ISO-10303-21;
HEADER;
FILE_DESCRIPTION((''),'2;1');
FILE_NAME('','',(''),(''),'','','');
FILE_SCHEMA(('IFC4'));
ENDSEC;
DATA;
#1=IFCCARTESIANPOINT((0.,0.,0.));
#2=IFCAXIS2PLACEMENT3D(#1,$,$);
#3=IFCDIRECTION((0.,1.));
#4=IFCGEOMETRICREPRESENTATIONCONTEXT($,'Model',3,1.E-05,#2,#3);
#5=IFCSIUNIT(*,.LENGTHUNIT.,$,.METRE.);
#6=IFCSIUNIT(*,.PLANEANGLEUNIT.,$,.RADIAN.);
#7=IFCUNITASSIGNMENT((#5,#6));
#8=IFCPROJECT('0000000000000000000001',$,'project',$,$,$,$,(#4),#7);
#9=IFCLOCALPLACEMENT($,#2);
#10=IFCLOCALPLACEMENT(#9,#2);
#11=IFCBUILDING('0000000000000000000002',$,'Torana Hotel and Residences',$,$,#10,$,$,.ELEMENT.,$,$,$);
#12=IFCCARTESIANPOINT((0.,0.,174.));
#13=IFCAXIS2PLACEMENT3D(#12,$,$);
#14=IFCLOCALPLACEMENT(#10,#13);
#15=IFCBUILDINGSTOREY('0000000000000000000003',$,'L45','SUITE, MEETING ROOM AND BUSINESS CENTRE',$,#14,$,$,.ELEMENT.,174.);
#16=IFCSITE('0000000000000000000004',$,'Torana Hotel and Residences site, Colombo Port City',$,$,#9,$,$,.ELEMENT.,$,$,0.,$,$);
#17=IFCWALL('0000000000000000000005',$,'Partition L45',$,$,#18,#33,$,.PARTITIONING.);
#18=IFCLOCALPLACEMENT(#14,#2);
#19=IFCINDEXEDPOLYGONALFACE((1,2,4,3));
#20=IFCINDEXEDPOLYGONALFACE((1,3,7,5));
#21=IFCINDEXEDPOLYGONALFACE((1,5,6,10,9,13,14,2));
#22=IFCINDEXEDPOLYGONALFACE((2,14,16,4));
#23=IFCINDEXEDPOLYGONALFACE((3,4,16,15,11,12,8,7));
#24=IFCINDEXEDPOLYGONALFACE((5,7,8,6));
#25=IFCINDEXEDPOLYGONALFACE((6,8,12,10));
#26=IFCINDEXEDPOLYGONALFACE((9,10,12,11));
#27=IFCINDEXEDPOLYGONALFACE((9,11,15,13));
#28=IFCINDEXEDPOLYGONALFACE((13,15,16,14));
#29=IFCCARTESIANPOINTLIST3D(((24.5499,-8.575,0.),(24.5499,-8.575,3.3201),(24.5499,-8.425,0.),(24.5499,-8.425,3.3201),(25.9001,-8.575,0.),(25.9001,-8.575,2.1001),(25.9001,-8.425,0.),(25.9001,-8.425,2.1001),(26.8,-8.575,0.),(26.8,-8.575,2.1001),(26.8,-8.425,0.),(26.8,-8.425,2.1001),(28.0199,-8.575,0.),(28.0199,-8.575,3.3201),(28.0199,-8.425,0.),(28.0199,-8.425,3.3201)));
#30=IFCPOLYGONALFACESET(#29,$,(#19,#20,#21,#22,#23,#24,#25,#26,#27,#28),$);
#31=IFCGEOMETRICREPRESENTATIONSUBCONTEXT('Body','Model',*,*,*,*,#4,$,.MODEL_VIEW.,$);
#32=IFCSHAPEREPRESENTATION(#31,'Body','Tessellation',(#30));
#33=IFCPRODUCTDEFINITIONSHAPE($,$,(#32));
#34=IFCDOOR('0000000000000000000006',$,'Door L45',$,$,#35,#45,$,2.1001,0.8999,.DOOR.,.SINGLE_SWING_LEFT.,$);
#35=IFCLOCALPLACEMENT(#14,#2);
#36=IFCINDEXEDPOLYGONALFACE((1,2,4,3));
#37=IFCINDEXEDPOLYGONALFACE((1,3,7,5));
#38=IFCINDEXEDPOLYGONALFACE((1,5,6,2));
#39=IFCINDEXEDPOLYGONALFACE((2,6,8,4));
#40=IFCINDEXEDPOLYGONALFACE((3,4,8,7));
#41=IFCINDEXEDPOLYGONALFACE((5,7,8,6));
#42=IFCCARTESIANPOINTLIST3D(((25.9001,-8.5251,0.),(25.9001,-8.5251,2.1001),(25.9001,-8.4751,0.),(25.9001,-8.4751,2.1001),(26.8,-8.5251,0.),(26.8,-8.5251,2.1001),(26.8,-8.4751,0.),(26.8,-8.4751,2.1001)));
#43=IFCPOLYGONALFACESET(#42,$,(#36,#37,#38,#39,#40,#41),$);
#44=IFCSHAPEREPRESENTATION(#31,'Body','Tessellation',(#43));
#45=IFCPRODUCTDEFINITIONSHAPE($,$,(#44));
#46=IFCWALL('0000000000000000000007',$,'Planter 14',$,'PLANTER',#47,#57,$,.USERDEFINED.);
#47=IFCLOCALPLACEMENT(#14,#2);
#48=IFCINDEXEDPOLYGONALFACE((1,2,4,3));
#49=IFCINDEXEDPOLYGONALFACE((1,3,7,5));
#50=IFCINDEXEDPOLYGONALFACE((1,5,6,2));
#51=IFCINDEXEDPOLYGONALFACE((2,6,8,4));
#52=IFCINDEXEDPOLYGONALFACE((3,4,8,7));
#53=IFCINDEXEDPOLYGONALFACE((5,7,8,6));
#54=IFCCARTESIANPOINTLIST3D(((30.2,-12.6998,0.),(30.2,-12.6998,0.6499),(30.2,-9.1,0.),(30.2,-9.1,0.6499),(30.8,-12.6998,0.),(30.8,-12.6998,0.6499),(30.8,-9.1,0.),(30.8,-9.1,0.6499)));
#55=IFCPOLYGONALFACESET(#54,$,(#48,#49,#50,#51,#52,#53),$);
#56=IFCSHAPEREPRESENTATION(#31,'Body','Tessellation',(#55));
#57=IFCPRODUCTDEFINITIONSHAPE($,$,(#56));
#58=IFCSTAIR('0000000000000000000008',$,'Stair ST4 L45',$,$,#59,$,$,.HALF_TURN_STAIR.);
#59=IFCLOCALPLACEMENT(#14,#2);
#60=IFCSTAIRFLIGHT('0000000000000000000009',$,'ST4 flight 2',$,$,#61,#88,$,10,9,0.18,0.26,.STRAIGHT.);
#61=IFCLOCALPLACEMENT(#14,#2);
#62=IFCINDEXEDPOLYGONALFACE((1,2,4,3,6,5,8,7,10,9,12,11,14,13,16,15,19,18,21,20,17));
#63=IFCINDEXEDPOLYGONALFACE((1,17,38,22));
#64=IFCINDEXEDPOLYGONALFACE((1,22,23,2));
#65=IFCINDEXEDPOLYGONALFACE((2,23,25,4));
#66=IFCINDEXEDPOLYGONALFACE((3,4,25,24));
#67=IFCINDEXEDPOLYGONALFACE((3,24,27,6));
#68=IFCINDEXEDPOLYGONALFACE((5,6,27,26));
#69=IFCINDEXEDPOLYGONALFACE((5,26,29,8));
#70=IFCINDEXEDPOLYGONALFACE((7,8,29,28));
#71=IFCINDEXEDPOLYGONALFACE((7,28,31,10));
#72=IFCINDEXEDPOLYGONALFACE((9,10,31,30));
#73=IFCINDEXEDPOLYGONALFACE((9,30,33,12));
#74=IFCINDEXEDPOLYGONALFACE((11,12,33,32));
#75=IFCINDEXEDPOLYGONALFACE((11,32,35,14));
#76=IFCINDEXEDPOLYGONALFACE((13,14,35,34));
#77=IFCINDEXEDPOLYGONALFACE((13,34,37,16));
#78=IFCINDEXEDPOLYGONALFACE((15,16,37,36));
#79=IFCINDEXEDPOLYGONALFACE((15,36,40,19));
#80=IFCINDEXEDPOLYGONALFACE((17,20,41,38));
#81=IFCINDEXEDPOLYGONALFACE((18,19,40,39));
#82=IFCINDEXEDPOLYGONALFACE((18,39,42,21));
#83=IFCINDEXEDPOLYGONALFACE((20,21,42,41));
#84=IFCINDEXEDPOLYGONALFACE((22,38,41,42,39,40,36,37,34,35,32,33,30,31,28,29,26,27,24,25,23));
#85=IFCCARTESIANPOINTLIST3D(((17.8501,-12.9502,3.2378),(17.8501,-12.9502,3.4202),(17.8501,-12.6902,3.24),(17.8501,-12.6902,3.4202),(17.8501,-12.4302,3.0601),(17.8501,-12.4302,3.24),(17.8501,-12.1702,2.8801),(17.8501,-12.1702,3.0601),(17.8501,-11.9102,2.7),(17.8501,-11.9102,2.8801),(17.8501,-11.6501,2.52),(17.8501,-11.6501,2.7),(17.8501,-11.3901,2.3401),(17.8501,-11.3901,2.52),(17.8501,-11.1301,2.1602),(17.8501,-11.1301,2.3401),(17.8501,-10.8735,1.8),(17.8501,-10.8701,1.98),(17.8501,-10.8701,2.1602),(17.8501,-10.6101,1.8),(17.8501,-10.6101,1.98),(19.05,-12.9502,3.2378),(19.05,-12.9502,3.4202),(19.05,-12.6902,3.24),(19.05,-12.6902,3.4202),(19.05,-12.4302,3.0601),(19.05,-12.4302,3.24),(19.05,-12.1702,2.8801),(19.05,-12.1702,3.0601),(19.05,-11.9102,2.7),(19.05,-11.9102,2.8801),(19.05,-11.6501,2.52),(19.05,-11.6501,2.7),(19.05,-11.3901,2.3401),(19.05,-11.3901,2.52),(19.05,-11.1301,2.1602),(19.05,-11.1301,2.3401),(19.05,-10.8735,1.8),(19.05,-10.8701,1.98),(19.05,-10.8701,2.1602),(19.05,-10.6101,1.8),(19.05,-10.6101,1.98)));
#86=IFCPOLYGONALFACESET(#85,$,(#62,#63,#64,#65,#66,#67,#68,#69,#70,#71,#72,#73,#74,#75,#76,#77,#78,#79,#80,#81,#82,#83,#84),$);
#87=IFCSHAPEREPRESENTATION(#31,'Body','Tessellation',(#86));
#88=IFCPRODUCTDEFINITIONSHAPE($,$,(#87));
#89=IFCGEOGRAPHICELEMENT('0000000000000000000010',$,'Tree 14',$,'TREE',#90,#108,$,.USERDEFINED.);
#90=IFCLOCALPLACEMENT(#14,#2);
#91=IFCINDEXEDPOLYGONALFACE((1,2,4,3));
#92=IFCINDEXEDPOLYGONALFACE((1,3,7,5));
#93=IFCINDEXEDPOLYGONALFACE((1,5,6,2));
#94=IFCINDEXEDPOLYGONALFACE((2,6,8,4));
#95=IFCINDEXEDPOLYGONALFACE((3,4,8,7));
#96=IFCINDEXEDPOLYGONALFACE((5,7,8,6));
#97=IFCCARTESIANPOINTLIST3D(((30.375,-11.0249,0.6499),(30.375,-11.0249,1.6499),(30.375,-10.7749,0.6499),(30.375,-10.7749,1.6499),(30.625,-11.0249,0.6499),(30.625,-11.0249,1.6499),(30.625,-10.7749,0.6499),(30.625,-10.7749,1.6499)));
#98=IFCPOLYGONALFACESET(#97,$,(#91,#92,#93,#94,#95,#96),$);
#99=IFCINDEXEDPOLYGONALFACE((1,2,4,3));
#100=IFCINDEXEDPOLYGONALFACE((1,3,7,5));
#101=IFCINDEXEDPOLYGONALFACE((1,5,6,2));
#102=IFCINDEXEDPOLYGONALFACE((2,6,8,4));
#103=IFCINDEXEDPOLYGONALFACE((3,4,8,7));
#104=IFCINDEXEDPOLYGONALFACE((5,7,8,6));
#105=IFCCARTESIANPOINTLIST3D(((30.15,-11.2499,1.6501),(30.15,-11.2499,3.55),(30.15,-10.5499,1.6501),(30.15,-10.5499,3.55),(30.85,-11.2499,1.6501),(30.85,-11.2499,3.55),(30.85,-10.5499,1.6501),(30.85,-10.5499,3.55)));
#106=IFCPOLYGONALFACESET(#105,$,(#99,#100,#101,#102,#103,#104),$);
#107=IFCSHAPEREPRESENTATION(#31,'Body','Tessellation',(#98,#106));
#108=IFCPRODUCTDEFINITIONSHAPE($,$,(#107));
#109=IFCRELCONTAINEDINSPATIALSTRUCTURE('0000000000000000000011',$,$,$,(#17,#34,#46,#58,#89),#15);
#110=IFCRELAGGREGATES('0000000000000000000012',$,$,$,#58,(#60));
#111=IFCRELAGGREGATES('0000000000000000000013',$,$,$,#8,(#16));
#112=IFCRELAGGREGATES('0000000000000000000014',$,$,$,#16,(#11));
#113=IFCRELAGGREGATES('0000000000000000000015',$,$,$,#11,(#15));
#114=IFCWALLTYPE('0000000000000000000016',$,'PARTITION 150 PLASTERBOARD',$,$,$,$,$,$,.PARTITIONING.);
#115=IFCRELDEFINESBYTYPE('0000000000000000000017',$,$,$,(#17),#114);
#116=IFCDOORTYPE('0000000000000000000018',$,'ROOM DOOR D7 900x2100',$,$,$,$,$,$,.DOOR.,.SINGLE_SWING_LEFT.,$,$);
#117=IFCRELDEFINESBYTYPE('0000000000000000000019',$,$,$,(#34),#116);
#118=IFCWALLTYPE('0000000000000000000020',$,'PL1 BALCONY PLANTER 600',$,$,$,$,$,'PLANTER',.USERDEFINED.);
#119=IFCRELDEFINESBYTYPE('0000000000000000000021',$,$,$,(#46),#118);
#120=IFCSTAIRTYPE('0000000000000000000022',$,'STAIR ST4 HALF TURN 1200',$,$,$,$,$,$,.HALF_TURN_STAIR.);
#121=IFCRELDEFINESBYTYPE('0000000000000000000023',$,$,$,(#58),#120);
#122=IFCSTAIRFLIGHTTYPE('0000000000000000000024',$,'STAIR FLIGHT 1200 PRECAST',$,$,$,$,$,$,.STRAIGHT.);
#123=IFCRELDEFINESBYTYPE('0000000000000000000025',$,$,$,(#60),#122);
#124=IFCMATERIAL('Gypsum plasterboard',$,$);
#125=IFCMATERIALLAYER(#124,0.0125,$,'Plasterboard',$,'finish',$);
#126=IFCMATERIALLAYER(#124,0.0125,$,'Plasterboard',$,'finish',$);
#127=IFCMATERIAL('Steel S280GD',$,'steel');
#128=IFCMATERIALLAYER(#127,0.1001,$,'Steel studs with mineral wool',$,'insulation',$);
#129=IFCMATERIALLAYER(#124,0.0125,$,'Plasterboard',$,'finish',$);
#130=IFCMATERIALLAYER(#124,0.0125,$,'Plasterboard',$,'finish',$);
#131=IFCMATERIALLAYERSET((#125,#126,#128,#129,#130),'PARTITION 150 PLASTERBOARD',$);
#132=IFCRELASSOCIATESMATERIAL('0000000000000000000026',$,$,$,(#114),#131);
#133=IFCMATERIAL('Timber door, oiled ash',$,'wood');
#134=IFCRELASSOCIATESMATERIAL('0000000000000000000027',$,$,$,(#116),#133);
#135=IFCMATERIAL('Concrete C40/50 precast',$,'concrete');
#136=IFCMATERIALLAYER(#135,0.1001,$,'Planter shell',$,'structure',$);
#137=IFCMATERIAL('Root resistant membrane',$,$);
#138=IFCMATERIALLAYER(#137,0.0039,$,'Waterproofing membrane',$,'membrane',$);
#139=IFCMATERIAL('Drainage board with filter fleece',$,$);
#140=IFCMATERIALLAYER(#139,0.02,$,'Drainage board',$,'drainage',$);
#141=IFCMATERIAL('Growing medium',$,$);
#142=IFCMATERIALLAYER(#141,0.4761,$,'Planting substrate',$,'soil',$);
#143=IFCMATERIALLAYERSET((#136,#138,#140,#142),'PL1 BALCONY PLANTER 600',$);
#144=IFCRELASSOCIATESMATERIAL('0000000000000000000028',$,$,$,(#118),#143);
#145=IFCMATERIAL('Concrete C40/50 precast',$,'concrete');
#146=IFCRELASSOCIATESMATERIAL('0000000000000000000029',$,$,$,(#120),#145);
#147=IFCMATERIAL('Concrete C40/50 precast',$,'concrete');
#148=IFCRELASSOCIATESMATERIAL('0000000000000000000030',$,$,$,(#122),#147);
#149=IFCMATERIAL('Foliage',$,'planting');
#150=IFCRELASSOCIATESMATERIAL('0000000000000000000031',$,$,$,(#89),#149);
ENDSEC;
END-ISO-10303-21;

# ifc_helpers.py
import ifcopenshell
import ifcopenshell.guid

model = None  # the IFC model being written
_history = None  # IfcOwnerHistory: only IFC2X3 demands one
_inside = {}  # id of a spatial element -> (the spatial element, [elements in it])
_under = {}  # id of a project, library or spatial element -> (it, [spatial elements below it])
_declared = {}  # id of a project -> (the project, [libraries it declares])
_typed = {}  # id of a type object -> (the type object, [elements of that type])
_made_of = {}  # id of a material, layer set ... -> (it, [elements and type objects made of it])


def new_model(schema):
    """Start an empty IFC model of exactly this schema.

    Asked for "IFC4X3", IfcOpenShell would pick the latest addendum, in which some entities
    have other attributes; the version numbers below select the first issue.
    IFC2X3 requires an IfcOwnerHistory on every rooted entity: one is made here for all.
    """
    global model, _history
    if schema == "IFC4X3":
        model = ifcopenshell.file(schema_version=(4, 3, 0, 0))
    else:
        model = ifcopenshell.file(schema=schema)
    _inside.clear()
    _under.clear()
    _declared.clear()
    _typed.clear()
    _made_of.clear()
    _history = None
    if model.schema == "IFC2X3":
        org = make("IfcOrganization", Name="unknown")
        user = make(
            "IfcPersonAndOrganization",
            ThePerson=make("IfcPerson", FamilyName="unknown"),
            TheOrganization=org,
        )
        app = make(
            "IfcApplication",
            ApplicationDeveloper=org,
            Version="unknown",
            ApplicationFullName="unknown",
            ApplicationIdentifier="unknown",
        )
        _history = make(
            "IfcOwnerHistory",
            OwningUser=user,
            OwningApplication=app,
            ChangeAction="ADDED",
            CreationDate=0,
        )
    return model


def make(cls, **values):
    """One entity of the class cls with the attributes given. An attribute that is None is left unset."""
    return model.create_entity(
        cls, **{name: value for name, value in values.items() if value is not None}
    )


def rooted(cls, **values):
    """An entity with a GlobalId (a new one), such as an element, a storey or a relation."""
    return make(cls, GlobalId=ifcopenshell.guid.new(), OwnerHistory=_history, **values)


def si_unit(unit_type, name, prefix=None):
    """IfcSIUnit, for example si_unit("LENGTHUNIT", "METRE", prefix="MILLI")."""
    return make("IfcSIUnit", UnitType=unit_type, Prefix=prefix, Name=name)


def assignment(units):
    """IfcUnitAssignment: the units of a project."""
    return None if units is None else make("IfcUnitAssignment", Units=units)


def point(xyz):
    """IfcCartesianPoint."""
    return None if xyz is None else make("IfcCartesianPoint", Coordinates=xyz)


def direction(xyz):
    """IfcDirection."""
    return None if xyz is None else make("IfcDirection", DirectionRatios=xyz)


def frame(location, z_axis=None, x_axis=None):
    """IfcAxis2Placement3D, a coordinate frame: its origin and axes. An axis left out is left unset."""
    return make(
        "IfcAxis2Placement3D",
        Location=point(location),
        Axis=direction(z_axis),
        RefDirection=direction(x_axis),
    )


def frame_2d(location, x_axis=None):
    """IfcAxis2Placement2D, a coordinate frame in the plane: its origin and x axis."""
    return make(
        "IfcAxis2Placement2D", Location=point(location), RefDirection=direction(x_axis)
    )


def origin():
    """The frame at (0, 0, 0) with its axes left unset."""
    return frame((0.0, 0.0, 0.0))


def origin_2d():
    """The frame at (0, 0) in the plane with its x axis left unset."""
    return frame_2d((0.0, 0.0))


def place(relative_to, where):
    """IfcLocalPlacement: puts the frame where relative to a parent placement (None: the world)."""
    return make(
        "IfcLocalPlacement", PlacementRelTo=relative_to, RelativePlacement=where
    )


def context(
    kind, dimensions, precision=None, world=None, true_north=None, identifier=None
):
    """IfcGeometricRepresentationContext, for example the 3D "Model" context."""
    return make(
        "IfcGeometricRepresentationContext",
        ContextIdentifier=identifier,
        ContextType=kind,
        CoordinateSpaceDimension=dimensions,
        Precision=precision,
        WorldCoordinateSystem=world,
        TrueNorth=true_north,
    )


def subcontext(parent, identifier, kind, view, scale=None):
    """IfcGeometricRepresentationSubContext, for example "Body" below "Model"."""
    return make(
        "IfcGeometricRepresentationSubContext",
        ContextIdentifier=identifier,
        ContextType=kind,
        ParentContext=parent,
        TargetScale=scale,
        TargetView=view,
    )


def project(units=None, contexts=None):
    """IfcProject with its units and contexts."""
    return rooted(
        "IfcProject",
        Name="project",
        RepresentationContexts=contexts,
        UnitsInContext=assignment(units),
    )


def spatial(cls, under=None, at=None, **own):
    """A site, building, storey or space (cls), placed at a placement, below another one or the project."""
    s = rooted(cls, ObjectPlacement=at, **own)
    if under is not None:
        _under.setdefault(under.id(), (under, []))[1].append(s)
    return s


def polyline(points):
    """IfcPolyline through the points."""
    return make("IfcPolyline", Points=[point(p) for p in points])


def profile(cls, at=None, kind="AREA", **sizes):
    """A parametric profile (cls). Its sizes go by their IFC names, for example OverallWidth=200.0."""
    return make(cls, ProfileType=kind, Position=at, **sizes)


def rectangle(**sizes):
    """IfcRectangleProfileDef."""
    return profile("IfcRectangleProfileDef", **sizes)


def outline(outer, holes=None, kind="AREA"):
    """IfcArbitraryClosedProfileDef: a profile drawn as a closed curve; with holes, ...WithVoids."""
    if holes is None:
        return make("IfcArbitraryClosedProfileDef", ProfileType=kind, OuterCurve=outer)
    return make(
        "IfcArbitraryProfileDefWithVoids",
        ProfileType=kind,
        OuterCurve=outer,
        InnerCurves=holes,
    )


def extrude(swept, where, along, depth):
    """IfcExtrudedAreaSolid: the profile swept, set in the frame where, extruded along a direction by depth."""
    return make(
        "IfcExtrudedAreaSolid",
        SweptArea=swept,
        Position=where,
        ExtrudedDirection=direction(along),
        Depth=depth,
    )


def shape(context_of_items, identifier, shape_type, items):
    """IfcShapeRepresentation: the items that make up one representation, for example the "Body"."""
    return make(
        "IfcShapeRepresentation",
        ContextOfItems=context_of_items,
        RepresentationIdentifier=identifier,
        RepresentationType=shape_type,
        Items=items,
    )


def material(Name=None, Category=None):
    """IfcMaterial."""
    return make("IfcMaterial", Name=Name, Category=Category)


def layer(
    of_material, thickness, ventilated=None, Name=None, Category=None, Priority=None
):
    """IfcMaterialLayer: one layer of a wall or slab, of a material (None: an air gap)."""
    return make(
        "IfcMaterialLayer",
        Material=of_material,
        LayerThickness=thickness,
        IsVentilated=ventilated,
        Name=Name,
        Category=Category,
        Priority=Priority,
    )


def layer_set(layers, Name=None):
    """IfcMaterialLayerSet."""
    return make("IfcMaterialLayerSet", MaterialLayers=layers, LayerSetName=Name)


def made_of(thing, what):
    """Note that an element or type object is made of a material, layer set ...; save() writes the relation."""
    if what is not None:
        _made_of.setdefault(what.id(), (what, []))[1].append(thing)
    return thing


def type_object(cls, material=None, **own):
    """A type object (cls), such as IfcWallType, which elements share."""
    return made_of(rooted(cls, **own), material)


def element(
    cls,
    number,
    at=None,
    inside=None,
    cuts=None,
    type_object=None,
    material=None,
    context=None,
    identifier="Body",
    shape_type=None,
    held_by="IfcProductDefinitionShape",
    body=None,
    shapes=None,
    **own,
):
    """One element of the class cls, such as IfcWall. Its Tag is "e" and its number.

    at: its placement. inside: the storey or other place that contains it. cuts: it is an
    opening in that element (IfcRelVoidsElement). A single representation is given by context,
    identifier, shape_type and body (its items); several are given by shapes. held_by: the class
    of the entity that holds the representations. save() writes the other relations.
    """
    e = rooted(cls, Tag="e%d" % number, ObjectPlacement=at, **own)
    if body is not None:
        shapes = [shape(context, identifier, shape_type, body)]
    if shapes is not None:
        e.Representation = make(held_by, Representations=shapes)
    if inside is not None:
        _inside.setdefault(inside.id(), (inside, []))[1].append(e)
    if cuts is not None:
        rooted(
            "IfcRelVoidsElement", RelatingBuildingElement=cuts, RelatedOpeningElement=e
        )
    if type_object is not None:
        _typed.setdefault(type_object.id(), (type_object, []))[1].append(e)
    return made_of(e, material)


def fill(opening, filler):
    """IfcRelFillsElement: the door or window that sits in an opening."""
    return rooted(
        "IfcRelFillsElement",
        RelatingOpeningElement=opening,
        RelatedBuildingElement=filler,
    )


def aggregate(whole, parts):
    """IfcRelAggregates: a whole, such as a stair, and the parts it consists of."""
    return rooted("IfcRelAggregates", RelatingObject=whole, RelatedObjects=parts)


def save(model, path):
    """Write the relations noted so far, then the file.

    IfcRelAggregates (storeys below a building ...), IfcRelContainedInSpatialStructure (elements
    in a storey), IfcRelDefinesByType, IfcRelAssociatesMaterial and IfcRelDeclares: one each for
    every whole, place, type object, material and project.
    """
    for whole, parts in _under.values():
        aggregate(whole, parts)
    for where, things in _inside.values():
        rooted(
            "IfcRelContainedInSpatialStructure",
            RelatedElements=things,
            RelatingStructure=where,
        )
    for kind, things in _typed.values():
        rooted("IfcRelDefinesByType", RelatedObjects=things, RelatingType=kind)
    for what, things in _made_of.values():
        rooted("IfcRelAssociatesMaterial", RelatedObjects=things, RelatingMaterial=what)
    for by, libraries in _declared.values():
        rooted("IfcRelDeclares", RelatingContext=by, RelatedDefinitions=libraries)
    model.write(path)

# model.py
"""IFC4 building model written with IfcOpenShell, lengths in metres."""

from ifc_helpers import new_model, si_unit, direction, frame, frame_2d, origin, origin_2d, place, context, subcontext, project, spatial, polyline, rectangle, outline, extrude, material, layer, layer_set, type_object, element, fill, aggregate, save


model = new_model("IFC4")

# Units and contexts
model_context = context("Model", 3, precision=1e-05, world=origin(), true_north=direction((0.0, 1.0)))
body_context = subcontext(model_context, "Body", "Model", "MODEL_VIEW")
ifc_project = project(units=[si_unit("LENGTHUNIT", "METRE"), si_unit("PLANEANGLEUNIT", "RADIAN")], contexts=[model_context])

# Site, building, storey
site_placement = place(None, origin())
site = spatial("IfcSite", under=ifc_project, at=site_placement, Name="Torana Hotel and Residences site, Colombo Port City", CompositionType="ELEMENT", RefElevation=0.0)
building_placement = place(site_placement, origin())
building = spatial("IfcBuilding", under=site, at=building_placement, Name="Torana Hotel and Residences", CompositionType="ELEMENT")
storey_placement = place(building_placement, frame((0.0, 0.0, 174.0)))
storey = spatial("IfcBuildingStorey", under=building, at=storey_placement, Name="L45", Description="SUITE, MEETING ROOM AND BUSINESS CENTRE", CompositionType="ELEMENT", Elevation=174.0)

# Shared definitions
ifc_material_1 = material(Name="Steel S280GD", Category="steel")

# Shared definitions
ifc_material_2 = material(Name="Concrete C40/50 precast", Category="concrete")

# Shared definitions
ifc_material_3 = material(Name="Gypsum plasterboard")
ifc_layer_1 = layer(ifc_material_3, 0.0125, Name="Plasterboard", Category="finish")
ifc_layer_2 = layer(ifc_material_3, 0.0125, Name="Plasterboard", Category="finish")
ifc_layer_3 = layer(ifc_material_1, 0.1001, Name="Steel studs with mineral wool", Category="insulation")
ifc_layer_4 = layer(ifc_material_3, 0.0125, Name="Plasterboard", Category="finish")
ifc_layer_5 = layer(ifc_material_3, 0.0125, Name="Plasterboard", Category="finish")
ifc_layer_set_1 = layer_set([ifc_layer_1, ifc_layer_2, ifc_layer_3, ifc_layer_4, ifc_layer_5], Name="PARTITION 150 PLASTERBOARD")
wall_type_1 = type_object("IfcWallType", Name="PARTITION 150 PLASTERBOARD", PredefinedType="PARTITIONING", material=ifc_layer_set_1)

# Wall, opening, door
wall_1_placement = place(storey_placement, frame((24.55, -8.5, 0.0), z_axis=(0.0, 0.0, 1.0), x_axis=(1.0, 0.0, 0.0)))
wall_1 = element("IfcWall", 1, at=wall_1_placement, inside=storey, type_object=wall_type_1, Name="Partition L45", PredefinedType="PARTITIONING", context=body_context, shape_type="SweptSolid", body=[
    extrude(rectangle(XDim=3.47, YDim=0.1499, at=frame_2d((1.7349, 0.0))), origin(), (0.0, 0.0, 1.0), 3.3201),
])
opening_1_placement = place(wall_1_placement, frame((1.3501, 0.0, 0.0)))
opening_1 = element("IfcOpeningElement", 2, at=opening_1_placement, cuts=wall_1, PredefinedType="OPENING", context=body_context, shape_type="SweptSolid", body=[
    extrude(rectangle(XDim=0.8999, YDim=2.1001, at=frame_2d((0.45, 1.05))), frame((0.0, 0.085, 0.0), z_axis=(0.0, -1.0, 0.0), x_axis=(1.0, 0.0, 0.0)), (0.0, 0.0, 1.0), 0.1699),
])
ifc_material_4 = material(Name="Timber door, oiled ash", Category="wood")
door_type = type_object("IfcDoorType", Name="ROOM DOOR D7 900x2100", OperationType="SINGLE_SWING_LEFT", PredefinedType="DOOR", material=ifc_material_4)
door_placement = place(opening_1_placement, origin())
door = element("IfcDoor", 3, at=door_placement, inside=storey, type_object=door_type, Name="Door L45", OperationType="SINGLE_SWING_LEFT", OverallHeight=2.1001, OverallWidth=0.8999, PredefinedType="DOOR", context=body_context, shape_type="SweptSolid", body=[
    extrude(rectangle(XDim=0.8999, YDim=2.1001, at=frame_2d((0.45, 1.05))), frame((0.0, 0.0249, 0.0), z_axis=(0.0, -1.0, 0.0), x_axis=(1.0, 0.0, 0.0)), (0.0, 0.0, 1.0), 0.05),
])
fill(opening_1, door)

# Wall
ifc_layer_6 = layer(ifc_material_2, 0.1001, Name="Planter shell", Category="structure")
ifc_material_5 = material(Name="Root resistant membrane")
ifc_layer_7 = layer(ifc_material_5, 0.0039, Name="Waterproofing membrane", Category="membrane")
ifc_material_6 = material(Name="Drainage board with filter fleece")
ifc_layer_8 = layer(ifc_material_6, 0.02, Name="Drainage board", Category="drainage")
ifc_material_7 = material(Name="Growing medium")
ifc_layer_9 = layer(ifc_material_7, 0.4761, Name="Planting substrate", Category="soil")
ifc_layer_set_2 = layer_set([ifc_layer_6, ifc_layer_7, ifc_layer_8, ifc_layer_9], Name="PL1 BALCONY PLANTER 600")
wall_type_2 = type_object("IfcWallType", Name="PL1 BALCONY PLANTER 600", ElementType="PLANTER", PredefinedType="USERDEFINED", material=ifc_layer_set_2)
wall_2_placement = place(storey_placement, frame((30.5, -9.1001, 0.0), z_axis=(0.0, 0.0, 1.0), x_axis=(0.0, -1.0, 0.0)))
element("IfcWall", 4, at=wall_2_placement, inside=storey, type_object=wall_type_2, Name="Planter 14", ObjectType="PLANTER", PredefinedType="USERDEFINED", context=body_context, shape_type="SweptSolid", body=[
    extrude(rectangle(XDim=3.5999, YDim=0.6001, at=frame_2d((1.7998, 0.0))), origin(), (0.0, 0.0, 1.0), 0.6499),
])

# Stair, stair flight
ifc_material_8 = material(Name="Concrete C40/50 precast", Category="concrete")
stair_type = type_object("IfcStairType", Name="STAIR ST4 HALF TURN 1200", PredefinedType="HALF_TURN_STAIR", material=ifc_material_8)
stair_placement = place(storey_placement, origin())
stair = element("IfcStair", 5, at=stair_placement, inside=storey, type_object=stair_type, Name="Stair ST4 L45", PredefinedType="HALF_TURN_STAIR")
ifc_material_9 = material(Name="Concrete C40/50 precast", Category="concrete")
stair_flight_type = type_object("IfcStairFlightType", Name="STAIR FLIGHT 1200 PRECAST", PredefinedType="STRAIGHT", material=ifc_material_9)
stair_flight_placement = place(storey_placement, frame((18.45, -10.6101, 1.8), z_axis=(0.0, 0.0, 1.0), x_axis=(0.0, -1.0, 0.0)))
stair_flight = element("IfcStairFlight", 6, at=stair_flight_placement, type_object=stair_flight_type, Name="ST4 flight 2", NumberOfRisers=10, NumberOfTreads=9, PredefinedType="STRAIGHT", RiserHeight=0.18, TreadLength=0.26, context=body_context, shape_type="SweptSolid", body=[
    extrude(outline(polyline([(0.0, 0.0), (0.0, 0.1799), (0.26, 0.1799), (0.26, 0.3601), (0.52, 0.3601), (0.52, 0.54), (0.78, 0.54), (0.78, 0.72), (1.04, 0.72), (1.04, 0.8999), (1.3, 0.8999), (1.3, 1.0801), (1.5601, 1.0801), (1.5601, 1.26), (1.8201, 1.26), (1.8201, 1.4399), (2.0801, 1.4399), (2.0801, 1.6201), (2.3401, 1.6201), (2.3401, 1.8), (2.3401, 1.4377), (0.2634, 0.0), (0.0, 0.0)])), frame((0.0, 0.6001, 0.0), z_axis=(0.0, -1.0, 0.0), x_axis=(1.0, 0.0, 0.0)), (0.0, 0.0, 1.0), 1.2),
])
aggregate(stair, [stair_flight])

# Geographic element
ifc_material_10 = material(Name="Foliage", Category="planting")
geographic_element_placement = place(storey_placement, frame((30.5, -10.8999, 0.6499), z_axis=(0.0, 0.0, 1.0), x_axis=(1.0, 0.0, 0.0)))
element("IfcGeographicElement", 7, at=geographic_element_placement, inside=storey, material=ifc_material_10, Name="Tree 14", ObjectType="TREE", PredefinedType="USERDEFINED", context=body_context, shape_type="SweptSolid", body=[
    extrude(rectangle(XDim=0.25, YDim=0.25, at=origin_2d()), origin(), (0.0, 0.0, 1.0), 1.0),
    extrude(rectangle(XDim=0.7, YDim=0.7, at=origin_2d()), frame((0.0, 0.0, 1.0002)), (0.0, 0.0, 1.0), 1.8999),
])

save(model, "model.ifc")
